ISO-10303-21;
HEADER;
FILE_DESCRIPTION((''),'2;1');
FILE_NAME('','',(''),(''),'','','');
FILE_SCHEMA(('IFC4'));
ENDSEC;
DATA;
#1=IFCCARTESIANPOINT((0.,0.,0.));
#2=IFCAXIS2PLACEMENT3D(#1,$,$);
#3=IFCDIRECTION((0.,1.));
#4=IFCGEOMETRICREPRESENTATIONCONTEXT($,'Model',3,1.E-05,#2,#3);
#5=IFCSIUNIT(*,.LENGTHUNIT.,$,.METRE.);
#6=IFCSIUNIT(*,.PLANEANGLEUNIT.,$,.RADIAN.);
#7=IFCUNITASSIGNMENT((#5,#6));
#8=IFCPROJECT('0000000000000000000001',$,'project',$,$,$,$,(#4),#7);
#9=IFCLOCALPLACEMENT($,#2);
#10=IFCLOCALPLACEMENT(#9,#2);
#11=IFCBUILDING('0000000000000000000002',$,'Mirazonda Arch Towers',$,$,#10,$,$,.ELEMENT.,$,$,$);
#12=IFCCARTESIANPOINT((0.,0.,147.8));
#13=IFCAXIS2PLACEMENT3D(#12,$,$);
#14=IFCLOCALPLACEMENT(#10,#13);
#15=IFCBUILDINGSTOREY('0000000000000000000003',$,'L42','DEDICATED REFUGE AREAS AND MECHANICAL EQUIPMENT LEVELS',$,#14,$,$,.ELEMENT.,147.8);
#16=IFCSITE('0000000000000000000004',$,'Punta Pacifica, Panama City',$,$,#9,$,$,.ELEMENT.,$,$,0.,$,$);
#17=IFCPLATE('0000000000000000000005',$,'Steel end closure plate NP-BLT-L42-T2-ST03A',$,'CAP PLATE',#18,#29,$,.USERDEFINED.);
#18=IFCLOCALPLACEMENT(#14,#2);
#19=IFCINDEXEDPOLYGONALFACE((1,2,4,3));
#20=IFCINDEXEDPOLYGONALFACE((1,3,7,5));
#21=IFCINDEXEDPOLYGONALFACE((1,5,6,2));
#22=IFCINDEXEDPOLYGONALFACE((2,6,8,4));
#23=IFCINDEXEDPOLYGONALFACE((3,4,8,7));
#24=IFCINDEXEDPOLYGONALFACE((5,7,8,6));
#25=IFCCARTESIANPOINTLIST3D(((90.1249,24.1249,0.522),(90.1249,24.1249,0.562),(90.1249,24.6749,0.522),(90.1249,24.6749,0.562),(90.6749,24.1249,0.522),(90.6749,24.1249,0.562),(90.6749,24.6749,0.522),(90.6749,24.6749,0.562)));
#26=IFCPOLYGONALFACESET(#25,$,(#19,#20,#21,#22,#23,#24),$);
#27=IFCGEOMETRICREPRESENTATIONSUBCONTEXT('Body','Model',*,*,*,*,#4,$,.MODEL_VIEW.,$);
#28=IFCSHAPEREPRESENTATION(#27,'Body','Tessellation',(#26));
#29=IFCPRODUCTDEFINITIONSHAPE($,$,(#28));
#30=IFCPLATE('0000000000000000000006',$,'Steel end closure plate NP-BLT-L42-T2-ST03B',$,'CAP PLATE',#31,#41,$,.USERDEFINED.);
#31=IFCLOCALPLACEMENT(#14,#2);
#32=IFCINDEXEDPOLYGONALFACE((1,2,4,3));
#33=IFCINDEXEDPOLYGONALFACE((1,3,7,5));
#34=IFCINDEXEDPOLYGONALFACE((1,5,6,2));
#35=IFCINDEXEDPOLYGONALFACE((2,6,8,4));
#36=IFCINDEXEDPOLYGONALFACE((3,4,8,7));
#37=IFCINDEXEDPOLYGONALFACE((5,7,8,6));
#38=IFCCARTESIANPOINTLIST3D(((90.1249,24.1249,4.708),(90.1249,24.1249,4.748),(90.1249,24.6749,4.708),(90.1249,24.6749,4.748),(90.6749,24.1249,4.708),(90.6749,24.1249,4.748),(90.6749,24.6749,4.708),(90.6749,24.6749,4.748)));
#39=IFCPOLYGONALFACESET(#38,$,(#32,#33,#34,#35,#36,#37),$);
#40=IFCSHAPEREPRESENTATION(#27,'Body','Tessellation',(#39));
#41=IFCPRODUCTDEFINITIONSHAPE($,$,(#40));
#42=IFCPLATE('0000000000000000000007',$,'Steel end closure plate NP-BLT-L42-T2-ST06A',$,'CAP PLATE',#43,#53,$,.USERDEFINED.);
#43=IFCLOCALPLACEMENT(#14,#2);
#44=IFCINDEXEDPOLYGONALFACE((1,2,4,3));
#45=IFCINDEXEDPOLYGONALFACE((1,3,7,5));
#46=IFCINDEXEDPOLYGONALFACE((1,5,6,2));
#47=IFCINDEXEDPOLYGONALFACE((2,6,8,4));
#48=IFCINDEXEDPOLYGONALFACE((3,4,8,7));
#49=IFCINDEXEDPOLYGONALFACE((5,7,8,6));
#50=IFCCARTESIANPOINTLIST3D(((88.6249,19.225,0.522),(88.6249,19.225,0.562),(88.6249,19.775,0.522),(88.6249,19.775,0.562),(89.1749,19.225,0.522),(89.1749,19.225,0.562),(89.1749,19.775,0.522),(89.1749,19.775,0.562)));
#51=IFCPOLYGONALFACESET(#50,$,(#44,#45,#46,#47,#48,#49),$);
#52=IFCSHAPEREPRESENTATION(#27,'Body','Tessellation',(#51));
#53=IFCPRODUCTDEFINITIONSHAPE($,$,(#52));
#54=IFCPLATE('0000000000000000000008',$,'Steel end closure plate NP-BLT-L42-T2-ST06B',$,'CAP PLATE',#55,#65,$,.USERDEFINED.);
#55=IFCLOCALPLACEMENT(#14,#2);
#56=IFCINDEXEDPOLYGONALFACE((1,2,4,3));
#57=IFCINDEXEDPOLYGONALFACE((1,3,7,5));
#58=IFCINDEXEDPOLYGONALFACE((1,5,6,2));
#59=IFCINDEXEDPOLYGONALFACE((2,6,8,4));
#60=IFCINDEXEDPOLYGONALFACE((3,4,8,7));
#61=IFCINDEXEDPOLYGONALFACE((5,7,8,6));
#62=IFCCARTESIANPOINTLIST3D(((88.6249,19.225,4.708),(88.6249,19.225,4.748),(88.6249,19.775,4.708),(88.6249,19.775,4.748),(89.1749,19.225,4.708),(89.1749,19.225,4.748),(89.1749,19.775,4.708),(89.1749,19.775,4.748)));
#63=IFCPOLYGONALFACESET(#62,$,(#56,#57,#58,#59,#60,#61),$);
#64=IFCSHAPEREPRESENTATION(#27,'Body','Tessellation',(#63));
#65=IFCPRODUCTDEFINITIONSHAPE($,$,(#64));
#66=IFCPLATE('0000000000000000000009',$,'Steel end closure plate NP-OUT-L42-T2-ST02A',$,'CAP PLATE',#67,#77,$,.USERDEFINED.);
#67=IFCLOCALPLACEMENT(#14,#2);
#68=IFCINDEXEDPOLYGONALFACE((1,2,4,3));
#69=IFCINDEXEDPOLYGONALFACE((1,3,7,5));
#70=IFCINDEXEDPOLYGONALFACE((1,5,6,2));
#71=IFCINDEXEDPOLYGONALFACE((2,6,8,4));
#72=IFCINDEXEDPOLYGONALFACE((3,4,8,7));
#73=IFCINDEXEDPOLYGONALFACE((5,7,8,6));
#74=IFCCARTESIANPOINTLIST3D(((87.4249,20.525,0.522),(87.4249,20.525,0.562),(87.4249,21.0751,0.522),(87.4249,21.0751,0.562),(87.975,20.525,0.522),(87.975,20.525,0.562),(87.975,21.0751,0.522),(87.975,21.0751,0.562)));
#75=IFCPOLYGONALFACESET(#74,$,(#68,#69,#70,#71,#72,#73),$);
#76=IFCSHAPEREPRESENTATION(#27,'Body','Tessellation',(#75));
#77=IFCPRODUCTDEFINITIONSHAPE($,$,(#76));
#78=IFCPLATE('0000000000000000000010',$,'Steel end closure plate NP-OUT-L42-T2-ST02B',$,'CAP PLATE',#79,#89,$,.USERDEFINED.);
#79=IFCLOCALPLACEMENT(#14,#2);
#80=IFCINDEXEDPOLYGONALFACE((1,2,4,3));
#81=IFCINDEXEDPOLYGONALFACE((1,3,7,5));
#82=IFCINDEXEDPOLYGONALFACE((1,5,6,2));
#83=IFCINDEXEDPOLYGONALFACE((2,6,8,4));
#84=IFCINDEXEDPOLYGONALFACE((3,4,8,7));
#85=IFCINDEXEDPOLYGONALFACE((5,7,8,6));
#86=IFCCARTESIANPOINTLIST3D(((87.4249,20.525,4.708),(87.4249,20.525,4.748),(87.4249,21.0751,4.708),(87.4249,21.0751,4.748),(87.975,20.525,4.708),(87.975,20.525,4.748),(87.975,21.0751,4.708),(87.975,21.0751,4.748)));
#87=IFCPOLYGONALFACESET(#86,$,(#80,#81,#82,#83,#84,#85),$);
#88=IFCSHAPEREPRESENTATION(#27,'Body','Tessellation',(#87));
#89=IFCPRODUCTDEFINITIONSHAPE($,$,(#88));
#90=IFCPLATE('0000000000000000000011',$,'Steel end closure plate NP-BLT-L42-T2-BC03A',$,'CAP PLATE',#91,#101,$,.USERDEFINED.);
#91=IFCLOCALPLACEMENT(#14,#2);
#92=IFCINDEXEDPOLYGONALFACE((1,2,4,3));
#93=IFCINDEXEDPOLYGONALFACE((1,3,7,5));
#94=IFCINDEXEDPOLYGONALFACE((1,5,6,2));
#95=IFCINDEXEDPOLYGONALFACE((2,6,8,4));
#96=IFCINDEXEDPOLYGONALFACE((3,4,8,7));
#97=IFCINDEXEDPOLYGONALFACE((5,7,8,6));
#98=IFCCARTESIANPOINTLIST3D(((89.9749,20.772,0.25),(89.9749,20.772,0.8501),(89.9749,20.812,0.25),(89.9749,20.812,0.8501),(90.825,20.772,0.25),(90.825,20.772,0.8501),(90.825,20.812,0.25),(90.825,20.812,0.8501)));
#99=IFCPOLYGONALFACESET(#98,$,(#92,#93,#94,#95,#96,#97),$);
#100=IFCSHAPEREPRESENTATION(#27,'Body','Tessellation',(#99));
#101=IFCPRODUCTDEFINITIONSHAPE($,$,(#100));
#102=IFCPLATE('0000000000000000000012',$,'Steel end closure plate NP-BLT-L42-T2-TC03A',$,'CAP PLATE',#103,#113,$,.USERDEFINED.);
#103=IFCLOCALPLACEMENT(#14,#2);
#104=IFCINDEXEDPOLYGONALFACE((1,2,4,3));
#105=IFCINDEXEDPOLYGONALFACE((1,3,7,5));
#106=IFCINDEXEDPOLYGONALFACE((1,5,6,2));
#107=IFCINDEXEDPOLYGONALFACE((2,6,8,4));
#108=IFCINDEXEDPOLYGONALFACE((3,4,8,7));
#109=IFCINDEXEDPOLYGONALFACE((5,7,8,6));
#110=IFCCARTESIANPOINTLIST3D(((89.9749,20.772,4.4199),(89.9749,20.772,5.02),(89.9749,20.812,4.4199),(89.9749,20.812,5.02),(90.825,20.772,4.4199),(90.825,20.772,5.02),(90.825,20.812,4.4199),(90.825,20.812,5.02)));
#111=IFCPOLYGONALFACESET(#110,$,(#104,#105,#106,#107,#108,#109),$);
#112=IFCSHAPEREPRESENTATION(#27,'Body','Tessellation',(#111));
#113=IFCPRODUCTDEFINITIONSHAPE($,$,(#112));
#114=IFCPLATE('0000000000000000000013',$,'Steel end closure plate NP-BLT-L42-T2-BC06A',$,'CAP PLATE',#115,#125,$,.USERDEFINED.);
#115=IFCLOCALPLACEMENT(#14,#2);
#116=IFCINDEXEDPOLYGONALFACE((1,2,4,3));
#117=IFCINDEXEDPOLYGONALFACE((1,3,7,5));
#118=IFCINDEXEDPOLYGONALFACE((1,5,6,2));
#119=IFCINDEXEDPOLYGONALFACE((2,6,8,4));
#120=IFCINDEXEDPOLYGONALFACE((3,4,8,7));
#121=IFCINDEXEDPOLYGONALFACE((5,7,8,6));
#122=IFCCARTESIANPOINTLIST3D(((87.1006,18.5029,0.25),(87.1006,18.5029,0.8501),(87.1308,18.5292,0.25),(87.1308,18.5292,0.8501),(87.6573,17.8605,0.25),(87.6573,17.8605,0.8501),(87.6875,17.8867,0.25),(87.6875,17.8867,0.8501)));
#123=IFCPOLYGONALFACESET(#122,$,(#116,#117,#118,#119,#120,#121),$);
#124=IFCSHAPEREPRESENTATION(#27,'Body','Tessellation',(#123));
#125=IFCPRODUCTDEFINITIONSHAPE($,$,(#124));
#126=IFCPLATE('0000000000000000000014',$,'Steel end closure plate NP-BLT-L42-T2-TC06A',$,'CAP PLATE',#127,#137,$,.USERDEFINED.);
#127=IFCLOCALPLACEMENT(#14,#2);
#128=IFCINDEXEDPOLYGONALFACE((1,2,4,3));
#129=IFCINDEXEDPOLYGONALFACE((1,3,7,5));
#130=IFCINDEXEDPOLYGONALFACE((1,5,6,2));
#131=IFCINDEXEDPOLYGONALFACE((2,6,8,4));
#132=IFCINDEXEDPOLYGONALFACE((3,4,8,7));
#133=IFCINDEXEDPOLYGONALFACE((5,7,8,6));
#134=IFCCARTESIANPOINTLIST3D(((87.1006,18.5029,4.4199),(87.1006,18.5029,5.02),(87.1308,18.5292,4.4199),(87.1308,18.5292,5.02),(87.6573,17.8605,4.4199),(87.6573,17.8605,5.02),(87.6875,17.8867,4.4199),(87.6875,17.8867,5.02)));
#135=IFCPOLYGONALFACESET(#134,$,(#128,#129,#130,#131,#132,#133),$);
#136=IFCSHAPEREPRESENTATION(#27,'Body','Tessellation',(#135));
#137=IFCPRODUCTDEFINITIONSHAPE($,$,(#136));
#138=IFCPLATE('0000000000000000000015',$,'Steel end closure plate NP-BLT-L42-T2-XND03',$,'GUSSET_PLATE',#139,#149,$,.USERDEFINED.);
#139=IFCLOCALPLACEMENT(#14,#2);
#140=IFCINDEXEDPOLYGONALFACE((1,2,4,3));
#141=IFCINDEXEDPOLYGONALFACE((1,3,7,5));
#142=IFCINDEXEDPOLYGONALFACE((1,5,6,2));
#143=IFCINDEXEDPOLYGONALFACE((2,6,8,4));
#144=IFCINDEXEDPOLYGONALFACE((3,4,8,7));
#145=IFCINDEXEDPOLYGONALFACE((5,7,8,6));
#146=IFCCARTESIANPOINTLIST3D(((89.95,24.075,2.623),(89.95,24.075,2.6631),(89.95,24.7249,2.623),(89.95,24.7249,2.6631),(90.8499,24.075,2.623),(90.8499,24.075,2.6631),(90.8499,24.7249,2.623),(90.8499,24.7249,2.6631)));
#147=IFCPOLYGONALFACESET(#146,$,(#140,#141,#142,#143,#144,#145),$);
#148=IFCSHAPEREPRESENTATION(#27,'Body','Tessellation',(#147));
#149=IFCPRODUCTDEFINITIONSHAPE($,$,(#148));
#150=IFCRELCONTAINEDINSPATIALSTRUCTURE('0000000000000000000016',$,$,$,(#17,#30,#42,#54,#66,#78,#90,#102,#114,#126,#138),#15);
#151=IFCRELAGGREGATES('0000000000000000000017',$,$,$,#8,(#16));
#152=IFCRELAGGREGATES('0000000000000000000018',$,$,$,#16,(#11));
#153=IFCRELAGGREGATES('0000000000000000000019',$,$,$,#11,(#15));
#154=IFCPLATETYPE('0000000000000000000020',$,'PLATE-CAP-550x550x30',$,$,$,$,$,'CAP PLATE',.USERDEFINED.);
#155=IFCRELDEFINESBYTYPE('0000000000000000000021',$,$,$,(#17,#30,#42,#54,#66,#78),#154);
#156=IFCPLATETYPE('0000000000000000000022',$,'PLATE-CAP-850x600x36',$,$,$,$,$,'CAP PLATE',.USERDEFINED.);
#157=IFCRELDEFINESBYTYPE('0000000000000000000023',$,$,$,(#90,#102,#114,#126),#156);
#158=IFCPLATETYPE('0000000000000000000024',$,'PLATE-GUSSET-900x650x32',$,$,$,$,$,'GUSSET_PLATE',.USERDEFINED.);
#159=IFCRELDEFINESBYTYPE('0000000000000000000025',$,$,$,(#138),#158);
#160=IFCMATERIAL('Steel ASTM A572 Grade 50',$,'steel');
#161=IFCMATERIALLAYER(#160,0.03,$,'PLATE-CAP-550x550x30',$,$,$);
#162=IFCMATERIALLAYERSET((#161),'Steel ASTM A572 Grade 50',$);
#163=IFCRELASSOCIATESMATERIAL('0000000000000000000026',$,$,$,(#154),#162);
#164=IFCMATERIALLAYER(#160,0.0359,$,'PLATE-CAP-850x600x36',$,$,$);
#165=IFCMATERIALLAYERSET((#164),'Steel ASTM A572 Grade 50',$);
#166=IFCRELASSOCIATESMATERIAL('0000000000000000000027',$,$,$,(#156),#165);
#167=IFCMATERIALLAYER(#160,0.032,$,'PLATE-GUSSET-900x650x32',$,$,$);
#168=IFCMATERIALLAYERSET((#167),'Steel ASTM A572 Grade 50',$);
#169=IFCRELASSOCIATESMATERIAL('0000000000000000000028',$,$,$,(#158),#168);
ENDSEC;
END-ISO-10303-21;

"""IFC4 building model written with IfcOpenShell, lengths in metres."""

from ifc_helpers import new_model, si_unit, direction, frame, origin, origin_2d, place, context, subcontext, project, spatial, rectangle, extrude, material, layer, layer_set, type_object, element, save


model = new_model("IFC4")

# Units and contexts
model_context = context("Model", 3, precision=1e-05, world=origin(), true_north=direction((0.0, 1.0)))
body_context = subcontext(model_context, "Body", "Model", "MODEL_VIEW")
ifc_project = project(units=[si_unit("LENGTHUNIT", "METRE"), si_unit("PLANEANGLEUNIT", "RADIAN")], contexts=[model_context])

# Site, building, storey
site_placement = place(None, origin())
site = spatial("IfcSite", under=ifc_project, at=site_placement, Name="Punta Pacifica, Panama City", CompositionType="ELEMENT", RefElevation=0.0)
building_placement = place(site_placement, origin())
building = spatial("IfcBuilding", under=site, at=building_placement, Name="Mirazonda Arch Towers", CompositionType="ELEMENT")
storey_placement = place(building_placement, frame((0.0, 0.0, 147.8)))
storey = spatial("IfcBuildingStorey", under=building, at=storey_placement, Name="L42", Description="DEDICATED REFUGE AREAS AND MECHANICAL EQUIPMENT LEVELS", CompositionType="ELEMENT", Elevation=147.8)

# Shared definitions
ifc_material_1 = material(Name="Steel ASTM A572 Grade 50", Category="steel")

# Plates
ifc_layer_1 = layer(ifc_material_1, 0.03, Name="PLATE-CAP-550x550x30")
ifc_layer_set_1 = layer_set([ifc_layer_1], Name="Steel ASTM A572 Grade 50")
plate_type_1 = type_object("IfcPlateType", Name="PLATE-CAP-550x550x30", ElementType="CAP PLATE", PredefinedType="USERDEFINED", material=ifc_layer_set_1)
for number, where, z_axis, x_axis, name in (
    (1, (90.3999, 24.3999, 0.522), (0.0, 0.0, 1.0), (1.0, 0.0, 0.0), "Steel end closure plate NP-BLT-L42-T2-ST03A"),
    (2, (90.3999, 24.3999, 4.708), (0.0, 0.0, 1.0), (1.0, 0.0, 0.0), "Steel end closure plate NP-BLT-L42-T2-ST03B"),
    (3, (88.8999, 19.5, 0.522), (0.0, 0.0, 1.0), (1.0, 0.0, 0.0), "Steel end closure plate NP-BLT-L42-T2-ST06A"),
    (4, (88.8999, 19.5, 4.708), (0.0, 0.0, 1.0), (1.0, 0.0, 0.0), "Steel end closure plate NP-BLT-L42-T2-ST06B"),
    (5, (87.7, 20.8, 0.522), (0.0, 0.0, 1.0), (1.0, 0.0, 0.0), "Steel end closure plate NP-OUT-L42-T2-ST02A"),
    (6, (87.7, 20.8, 4.708), (0.0, 0.0, 1.0), (1.0, 0.0, 0.0), "Steel end closure plate NP-OUT-L42-T2-ST02B"),
):
    element("IfcPlate", number, at=place(storey_placement, frame(where, z_axis=z_axis, x_axis=x_axis)), inside=storey, type_object=plate_type_1, Name=name, ObjectType="CAP PLATE", PredefinedType="USERDEFINED", context=body_context, shape_type="SweptSolid", body=[
        extrude(rectangle(XDim=0.55, YDim=0.55, at=origin_2d()), origin(), (0.0, 0.0, 1.0), 0.04),
    ])
ifc_layer_2 = layer(ifc_material_1, 0.0359, Name="PLATE-CAP-850x600x36")
ifc_layer_set_2 = layer_set([ifc_layer_2], Name="Steel ASTM A572 Grade 50")
plate_type_2 = type_object("IfcPlateType", Name="PLATE-CAP-850x600x36", ElementType="CAP PLATE", PredefinedType="USERDEFINED", material=ifc_layer_set_2)
for number, where, z_axis, x_axis, name in (
    (7, (90.3999, 20.792, 0.25), (0.0, 0.0, 1.0), (0.0, -1.0, 0.0), "Steel end closure plate NP-BLT-L42-T2-BC03A"),
    (8, (90.3999, 20.792, 4.4199), (0.0, 0.0, 1.0), (0.0, -1.0, 0.0), "Steel end closure plate NP-BLT-L42-T2-TC03A"),
    (9, (87.394, 18.1948, 0.25), (0.0, 0.0, 1.0), (-0.755739, -0.654873, 0.0), "Steel end closure plate NP-BLT-L42-T2-BC06A"),
    (10, (87.394, 18.1948, 4.4199), (0.0, 0.0, 1.0), (-0.755739, -0.654873, 0.0), "Steel end closure plate NP-BLT-L42-T2-TC06A"),
):
    element("IfcPlate", number, at=place(storey_placement, frame(where, z_axis=z_axis, x_axis=x_axis)), inside=storey, type_object=plate_type_2, Name=name, ObjectType="CAP PLATE", PredefinedType="USERDEFINED", context=body_context, shape_type="SweptSolid", body=[
        extrude(rectangle(XDim=0.04, YDim=0.8501, at=origin_2d()), origin(), (0.0, 0.0, 1.0), 0.6001),
    ])
ifc_layer_3 = layer(ifc_material_1, 0.032, Name="PLATE-GUSSET-900x650x32")
ifc_layer_set_3 = layer_set([ifc_layer_3], Name="Steel ASTM A572 Grade 50")
plate_type_3 = type_object("IfcPlateType", Name="PLATE-GUSSET-900x650x32", ElementType="GUSSET_PLATE", PredefinedType="USERDEFINED", material=ifc_layer_set_3)
plate_placement = place(storey_placement, frame((90.3999, 24.3999, 2.623), z_axis=(0.0, 0.0, 1.0), x_axis=(1.0, 0.0, 0.0)))
element("IfcPlate", 11, at=plate_placement, inside=storey, type_object=plate_type_3, Name="Steel end closure plate NP-BLT-L42-T2-XND03", ObjectType="GUSSET_PLATE", PredefinedType="USERDEFINED", context=body_context, shape_type="SweptSolid", body=[
    extrude(rectangle(XDim=0.8999, YDim=0.6499, at=origin_2d()), origin(), (0.0, 0.0, 1.0), 0.04),
])

save(model, "model.ifc")
